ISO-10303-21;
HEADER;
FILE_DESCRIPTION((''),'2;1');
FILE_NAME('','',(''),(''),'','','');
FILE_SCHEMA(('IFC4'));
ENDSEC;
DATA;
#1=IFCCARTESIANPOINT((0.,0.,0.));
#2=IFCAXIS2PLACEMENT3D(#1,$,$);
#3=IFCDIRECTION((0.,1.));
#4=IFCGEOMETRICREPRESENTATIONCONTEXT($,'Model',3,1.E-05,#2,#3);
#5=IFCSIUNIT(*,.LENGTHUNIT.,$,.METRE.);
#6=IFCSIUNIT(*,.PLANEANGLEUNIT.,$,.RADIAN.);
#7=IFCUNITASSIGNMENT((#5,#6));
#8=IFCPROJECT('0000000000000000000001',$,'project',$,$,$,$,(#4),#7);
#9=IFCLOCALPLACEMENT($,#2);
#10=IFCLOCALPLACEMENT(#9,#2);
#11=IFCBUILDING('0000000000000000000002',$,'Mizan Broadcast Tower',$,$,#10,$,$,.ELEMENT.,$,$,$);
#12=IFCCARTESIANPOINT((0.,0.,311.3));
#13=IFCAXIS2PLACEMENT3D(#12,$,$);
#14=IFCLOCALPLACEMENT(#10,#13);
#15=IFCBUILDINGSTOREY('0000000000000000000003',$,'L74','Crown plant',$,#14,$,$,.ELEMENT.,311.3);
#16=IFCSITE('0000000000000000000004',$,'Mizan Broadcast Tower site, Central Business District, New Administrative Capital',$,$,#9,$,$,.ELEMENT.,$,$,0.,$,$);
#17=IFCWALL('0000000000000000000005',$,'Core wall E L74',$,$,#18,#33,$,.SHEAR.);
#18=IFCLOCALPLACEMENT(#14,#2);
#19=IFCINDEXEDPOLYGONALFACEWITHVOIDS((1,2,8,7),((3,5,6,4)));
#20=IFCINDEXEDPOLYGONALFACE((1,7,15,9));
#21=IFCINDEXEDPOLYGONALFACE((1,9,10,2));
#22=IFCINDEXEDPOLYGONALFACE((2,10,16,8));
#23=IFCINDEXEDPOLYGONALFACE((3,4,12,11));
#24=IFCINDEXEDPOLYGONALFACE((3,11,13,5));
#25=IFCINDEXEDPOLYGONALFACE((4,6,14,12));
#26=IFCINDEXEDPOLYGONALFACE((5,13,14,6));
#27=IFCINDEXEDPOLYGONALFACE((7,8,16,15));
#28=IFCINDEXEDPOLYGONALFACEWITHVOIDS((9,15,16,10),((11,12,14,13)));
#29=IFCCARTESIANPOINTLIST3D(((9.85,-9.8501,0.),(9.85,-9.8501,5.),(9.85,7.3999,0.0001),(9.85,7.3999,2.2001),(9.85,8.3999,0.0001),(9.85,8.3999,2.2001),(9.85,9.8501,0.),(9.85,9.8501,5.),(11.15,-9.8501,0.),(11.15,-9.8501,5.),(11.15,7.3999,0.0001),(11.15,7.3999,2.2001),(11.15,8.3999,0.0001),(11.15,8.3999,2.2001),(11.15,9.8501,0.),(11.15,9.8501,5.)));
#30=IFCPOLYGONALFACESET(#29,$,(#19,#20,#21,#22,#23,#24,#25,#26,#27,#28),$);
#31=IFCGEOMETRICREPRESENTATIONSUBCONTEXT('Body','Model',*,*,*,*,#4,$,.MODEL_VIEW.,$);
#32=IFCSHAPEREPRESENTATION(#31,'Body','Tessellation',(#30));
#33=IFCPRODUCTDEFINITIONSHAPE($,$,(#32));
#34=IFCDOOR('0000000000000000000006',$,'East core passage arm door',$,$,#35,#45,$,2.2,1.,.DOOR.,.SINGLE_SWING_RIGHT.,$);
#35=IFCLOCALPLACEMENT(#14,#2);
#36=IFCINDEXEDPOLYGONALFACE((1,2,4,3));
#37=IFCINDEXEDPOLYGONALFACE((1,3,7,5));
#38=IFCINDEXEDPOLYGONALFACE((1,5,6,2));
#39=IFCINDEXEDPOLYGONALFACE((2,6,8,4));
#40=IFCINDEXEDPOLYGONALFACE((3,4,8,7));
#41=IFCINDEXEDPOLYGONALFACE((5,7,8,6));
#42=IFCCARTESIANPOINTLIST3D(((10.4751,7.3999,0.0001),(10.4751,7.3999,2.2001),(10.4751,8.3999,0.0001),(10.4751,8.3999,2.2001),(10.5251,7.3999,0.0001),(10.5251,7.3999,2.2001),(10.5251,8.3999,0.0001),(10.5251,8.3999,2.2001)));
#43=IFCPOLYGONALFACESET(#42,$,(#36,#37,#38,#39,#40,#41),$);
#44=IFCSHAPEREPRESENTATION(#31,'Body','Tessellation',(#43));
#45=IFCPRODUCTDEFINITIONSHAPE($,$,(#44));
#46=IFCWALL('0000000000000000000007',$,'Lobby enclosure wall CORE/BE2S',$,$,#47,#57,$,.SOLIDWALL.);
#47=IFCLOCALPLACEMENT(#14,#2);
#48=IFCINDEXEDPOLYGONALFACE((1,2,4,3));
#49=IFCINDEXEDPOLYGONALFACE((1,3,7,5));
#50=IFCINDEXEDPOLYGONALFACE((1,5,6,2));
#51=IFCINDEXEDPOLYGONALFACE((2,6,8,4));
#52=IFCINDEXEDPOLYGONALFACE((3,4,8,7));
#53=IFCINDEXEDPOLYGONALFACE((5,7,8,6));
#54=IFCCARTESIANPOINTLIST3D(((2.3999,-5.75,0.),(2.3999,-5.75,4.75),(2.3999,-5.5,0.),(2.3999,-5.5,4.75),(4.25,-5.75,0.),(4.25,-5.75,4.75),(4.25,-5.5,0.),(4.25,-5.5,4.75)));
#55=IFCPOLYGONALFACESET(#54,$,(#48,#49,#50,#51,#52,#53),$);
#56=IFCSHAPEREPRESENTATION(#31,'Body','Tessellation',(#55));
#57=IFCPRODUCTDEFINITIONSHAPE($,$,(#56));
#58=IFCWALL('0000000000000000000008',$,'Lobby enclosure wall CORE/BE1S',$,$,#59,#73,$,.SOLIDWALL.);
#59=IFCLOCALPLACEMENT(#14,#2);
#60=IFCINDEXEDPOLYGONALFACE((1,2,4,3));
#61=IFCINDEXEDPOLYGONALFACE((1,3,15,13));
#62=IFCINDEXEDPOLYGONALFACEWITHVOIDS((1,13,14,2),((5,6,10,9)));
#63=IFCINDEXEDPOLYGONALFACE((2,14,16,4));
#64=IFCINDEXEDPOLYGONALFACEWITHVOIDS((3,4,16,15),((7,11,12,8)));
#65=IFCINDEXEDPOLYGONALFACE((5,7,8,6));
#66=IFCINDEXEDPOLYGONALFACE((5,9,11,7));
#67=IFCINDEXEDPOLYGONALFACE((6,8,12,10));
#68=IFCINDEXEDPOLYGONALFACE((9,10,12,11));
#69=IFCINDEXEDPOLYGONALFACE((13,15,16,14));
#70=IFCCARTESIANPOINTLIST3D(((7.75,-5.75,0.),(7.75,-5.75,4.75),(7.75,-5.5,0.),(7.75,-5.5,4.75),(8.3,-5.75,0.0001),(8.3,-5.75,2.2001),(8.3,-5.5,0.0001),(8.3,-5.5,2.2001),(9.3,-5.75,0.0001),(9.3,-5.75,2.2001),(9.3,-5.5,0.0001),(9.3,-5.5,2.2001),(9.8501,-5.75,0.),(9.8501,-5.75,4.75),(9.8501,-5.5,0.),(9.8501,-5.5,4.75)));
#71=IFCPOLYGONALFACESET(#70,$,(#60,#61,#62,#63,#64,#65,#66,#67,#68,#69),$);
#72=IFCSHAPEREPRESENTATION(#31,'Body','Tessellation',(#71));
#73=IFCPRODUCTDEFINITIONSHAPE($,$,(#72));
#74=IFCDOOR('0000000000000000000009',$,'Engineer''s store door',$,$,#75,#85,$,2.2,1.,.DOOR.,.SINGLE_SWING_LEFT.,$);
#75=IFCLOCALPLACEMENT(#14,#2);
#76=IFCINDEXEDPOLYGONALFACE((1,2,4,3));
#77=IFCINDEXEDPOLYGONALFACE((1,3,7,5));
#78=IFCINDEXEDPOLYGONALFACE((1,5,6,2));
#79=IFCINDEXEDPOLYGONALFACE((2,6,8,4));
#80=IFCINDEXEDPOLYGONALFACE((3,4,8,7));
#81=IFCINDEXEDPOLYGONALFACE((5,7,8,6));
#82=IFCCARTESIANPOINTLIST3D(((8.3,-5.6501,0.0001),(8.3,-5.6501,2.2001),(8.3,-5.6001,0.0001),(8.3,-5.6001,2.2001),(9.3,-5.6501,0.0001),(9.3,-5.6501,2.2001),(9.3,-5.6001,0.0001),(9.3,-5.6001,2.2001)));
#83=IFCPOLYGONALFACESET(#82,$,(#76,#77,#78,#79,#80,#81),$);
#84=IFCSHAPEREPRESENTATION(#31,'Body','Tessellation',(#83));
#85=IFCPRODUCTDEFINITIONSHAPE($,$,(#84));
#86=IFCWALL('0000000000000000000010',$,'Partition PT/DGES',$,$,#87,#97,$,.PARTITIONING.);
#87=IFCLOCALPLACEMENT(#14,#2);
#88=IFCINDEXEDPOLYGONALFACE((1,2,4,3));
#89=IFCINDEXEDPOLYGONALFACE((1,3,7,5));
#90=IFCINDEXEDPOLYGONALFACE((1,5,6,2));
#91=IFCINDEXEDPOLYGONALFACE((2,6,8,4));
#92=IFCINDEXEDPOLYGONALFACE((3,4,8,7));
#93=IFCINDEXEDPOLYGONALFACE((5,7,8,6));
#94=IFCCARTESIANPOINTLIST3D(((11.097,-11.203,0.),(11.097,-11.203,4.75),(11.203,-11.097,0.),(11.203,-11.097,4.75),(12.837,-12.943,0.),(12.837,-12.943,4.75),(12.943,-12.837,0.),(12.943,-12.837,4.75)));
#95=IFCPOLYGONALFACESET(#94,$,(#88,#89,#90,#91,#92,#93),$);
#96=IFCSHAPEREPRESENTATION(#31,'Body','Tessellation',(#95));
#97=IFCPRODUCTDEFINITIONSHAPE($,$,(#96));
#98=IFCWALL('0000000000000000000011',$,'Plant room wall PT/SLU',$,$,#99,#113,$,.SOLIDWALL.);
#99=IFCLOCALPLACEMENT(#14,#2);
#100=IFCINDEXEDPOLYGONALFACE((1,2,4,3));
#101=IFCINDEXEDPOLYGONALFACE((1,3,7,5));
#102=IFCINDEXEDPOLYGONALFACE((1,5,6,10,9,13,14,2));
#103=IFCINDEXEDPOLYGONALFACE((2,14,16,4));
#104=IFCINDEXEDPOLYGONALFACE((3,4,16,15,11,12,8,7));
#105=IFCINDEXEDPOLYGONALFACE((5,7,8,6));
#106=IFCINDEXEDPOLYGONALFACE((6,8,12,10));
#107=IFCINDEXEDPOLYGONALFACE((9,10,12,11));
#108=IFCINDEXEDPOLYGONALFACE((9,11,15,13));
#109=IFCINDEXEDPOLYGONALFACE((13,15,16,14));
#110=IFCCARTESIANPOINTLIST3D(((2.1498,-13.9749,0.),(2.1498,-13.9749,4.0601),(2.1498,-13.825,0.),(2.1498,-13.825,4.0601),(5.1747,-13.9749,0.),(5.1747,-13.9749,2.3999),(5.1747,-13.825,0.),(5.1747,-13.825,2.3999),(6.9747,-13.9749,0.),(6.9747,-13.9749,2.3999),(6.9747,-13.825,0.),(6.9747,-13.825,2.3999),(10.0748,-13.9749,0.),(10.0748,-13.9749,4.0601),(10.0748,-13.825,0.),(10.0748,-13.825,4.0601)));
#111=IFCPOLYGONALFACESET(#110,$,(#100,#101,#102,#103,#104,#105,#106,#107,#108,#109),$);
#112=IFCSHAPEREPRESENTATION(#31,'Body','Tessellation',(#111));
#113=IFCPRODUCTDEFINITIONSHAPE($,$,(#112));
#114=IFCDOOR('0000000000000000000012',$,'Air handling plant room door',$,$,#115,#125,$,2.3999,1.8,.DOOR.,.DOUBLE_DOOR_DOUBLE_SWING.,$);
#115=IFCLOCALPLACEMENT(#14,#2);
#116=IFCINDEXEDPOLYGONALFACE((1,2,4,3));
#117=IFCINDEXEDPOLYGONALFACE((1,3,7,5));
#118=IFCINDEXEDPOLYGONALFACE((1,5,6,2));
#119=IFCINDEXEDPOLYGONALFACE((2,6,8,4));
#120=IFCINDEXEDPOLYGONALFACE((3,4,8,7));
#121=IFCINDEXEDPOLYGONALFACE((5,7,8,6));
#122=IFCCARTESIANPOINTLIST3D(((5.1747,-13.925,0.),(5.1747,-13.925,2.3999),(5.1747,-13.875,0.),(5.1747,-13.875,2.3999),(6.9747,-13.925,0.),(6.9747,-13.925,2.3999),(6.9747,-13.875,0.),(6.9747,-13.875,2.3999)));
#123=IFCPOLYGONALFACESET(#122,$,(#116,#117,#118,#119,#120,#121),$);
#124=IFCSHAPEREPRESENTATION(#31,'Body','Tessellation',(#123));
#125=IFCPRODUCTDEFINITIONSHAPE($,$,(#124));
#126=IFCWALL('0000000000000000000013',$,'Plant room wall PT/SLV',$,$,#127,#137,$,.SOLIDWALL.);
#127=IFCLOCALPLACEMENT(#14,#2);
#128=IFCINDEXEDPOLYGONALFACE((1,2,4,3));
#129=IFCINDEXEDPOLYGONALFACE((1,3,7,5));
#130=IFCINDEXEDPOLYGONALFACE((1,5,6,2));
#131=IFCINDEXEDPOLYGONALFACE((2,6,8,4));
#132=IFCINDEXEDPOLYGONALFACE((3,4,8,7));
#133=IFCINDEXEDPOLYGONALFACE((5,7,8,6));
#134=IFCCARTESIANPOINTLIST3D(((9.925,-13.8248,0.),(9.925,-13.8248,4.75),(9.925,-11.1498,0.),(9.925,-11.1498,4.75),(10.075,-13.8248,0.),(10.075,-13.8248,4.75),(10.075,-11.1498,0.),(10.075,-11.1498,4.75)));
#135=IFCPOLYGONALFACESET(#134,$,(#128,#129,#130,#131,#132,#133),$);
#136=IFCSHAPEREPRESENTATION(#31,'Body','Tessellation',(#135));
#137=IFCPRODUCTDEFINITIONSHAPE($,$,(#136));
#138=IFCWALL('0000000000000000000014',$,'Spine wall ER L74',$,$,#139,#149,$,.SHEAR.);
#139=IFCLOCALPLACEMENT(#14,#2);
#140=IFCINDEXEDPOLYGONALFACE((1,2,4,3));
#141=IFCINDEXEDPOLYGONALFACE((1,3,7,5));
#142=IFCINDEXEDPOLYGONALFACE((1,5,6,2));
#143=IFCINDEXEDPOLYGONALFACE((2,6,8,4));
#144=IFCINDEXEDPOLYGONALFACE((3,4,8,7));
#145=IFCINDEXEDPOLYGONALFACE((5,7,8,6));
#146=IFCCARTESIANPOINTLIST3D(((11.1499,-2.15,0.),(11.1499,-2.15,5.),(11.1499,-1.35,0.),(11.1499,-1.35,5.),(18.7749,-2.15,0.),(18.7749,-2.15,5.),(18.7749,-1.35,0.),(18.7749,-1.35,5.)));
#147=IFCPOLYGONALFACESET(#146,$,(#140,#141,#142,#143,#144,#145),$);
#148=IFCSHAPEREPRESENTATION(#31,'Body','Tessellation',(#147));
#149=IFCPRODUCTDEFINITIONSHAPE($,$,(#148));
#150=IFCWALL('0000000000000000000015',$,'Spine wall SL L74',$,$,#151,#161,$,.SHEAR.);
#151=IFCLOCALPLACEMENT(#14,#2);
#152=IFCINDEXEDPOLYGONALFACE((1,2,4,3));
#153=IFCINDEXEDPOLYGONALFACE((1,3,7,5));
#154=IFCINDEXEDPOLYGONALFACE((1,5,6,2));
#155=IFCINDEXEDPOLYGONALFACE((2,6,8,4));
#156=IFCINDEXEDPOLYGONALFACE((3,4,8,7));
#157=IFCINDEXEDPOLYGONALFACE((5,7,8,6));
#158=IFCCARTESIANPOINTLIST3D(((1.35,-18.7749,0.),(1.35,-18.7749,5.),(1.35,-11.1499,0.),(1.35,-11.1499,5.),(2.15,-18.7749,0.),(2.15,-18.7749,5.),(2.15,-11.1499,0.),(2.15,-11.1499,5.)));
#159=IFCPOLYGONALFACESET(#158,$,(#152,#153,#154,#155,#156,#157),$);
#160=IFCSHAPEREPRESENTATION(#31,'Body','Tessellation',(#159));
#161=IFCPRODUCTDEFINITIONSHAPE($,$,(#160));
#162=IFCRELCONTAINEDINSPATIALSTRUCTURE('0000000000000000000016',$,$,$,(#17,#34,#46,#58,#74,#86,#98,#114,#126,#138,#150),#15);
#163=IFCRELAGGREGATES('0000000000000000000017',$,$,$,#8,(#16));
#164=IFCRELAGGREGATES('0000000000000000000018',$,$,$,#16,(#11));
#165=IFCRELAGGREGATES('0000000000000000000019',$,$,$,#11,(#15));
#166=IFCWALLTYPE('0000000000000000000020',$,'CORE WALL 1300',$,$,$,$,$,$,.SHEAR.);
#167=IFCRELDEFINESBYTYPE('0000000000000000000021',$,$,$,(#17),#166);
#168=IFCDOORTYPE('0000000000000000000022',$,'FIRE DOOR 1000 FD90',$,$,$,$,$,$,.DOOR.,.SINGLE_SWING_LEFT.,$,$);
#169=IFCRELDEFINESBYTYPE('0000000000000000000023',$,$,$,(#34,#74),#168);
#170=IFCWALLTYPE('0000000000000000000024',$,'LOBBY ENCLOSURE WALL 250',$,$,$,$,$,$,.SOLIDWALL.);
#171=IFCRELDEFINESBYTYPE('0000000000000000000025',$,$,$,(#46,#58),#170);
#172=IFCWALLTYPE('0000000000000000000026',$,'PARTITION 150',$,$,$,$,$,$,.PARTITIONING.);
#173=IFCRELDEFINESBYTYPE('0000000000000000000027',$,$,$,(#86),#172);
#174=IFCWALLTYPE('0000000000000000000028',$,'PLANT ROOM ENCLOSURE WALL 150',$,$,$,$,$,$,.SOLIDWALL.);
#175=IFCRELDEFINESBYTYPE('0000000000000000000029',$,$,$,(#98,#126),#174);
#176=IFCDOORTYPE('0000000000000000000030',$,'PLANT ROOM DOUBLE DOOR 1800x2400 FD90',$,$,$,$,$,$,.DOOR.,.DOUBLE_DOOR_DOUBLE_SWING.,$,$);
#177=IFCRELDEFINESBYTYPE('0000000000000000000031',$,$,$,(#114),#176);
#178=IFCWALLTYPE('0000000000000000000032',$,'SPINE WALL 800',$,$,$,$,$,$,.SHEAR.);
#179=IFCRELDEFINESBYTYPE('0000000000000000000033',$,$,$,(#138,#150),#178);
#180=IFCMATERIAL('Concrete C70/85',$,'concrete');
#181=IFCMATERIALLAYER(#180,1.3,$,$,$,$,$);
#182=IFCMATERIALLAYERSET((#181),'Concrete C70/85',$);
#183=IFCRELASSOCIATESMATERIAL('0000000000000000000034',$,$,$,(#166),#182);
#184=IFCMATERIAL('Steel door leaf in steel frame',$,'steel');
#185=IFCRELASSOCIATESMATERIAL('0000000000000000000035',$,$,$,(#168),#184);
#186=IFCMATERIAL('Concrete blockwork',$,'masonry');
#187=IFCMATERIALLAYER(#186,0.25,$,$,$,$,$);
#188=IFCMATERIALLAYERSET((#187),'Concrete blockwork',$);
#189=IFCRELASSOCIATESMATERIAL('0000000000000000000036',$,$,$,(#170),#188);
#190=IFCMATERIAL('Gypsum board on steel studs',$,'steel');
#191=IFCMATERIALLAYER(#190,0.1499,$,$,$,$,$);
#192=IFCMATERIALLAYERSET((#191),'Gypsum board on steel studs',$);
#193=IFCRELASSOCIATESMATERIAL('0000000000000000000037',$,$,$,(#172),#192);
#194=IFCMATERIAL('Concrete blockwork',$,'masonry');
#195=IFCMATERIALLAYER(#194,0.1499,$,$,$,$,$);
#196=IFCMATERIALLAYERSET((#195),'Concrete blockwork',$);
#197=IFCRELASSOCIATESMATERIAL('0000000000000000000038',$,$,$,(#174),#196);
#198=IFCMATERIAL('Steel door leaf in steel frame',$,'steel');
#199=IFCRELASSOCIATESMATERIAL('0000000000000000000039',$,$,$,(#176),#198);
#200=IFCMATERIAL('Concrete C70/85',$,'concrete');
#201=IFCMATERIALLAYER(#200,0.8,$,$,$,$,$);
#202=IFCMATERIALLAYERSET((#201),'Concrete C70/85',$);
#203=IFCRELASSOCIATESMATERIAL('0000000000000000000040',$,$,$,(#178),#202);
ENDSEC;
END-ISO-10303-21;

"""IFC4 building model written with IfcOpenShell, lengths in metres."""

from ifc_helpers import new_model, si_unit, direction, frame, frame_2d, origin, place, context, subcontext, project, spatial, rectangle, extrude, material, layer, layer_set, type_object, element, fill, save


model = new_model("IFC4")

# Units and contexts
model_context = context("Model", 3, precision=1e-05, world=origin(), true_north=direction((0.0, 1.0)))
body_context = subcontext(model_context, "Body", "Model", "MODEL_VIEW")
ifc_project = project(units=[si_unit("LENGTHUNIT", "METRE"), si_unit("PLANEANGLEUNIT", "RADIAN")], contexts=[model_context])

# Site, building, storey
site_placement = place(None, origin())
site = spatial("IfcSite", under=ifc_project, at=site_placement, Name="Mizan Broadcast Tower site, Central Business District, New Administrative Capital", CompositionType="ELEMENT", RefElevation=0.0)
building_placement = place(site_placement, origin())
building = spatial("IfcBuilding", under=site, at=building_placement, Name="Mizan Broadcast Tower", CompositionType="ELEMENT")
storey_placement = place(building_placement, frame((0.0, 0.0, 311.3)))
storey = spatial("IfcBuildingStorey", under=building, at=storey_placement, Name="L74", Description="Crown plant", CompositionType="ELEMENT", Elevation=311.3)

# Shared definitions
ifc_material_1 = material(Name="Concrete C70/85", Category="concrete")
ifc_layer_1 = layer(ifc_material_1, 1.3)
ifc_layer_set_1 = layer_set([ifc_layer_1], Name="Concrete C70/85")
wall_type_1 = type_object("IfcWallType", Name="CORE WALL 1300", PredefinedType="SHEAR", material=ifc_layer_set_1)

# Wall, opening, door
wall_1_placement = place(storey_placement, frame((10.5, -9.8501, 0.0), z_axis=(0.0, 0.0, 1.0), x_axis=(0.0, 1.0, 0.0)))
wall_1 = element("IfcWall", 1, at=wall_1_placement, inside=storey, type_object=wall_type_1, Name="Core wall E L74", PredefinedType="SHEAR", context=body_context, shape_type="SweptSolid", body=[
    extrude(rectangle(XDim=19.7002, YDim=1.3, at=frame_2d((9.8501, 0.0))), origin(), (0.0, 0.0, 1.0), 5.0),
])
opening_1_placement = place(wall_1_placement, frame((17.25, 0.0, 0.0)))
opening_1 = element("IfcOpeningElement", 2, at=opening_1_placement, cuts=wall_1, PredefinedType="OPENING", context=body_context, shape_type="SweptSolid", body=[
    extrude(rectangle(XDim=1.0, YDim=2.2, at=frame_2d((0.5, 1.1001))), frame((0.0, 0.6599, 0.0), z_axis=(0.0, -1.0, 0.0), x_axis=(1.0, 0.0, 0.0)), (0.0, 0.0, 1.0), 1.3201),
])
ifc_material_2 = material(Name="Steel door leaf in steel frame", Category="steel")
door_type_1 = type_object("IfcDoorType", Name="FIRE DOOR 1000 FD90", OperationType="SINGLE_SWING_LEFT", PredefinedType="DOOR", material=ifc_material_2)
door_1_placement = place(opening_1_placement, origin())
door_1 = element("IfcDoor", 3, at=door_1_placement, inside=storey, type_object=door_type_1, Name="East core passage arm door", OperationType="SINGLE_SWING_RIGHT", OverallHeight=2.2, OverallWidth=1.0, PredefinedType="DOOR", context=body_context, shape_type="SweptSolid", body=[
    extrude(rectangle(XDim=1.0, YDim=2.2, at=frame_2d((0.5, 1.1001))), frame((0.0, 0.0249, 0.0), z_axis=(0.0, -1.0, 0.0), x_axis=(1.0, 0.0, 0.0)), (0.0, 0.0, 1.0), 0.05),
])
fill(opening_1, door_1)

# Wall
ifc_material_3 = material(Name="Concrete blockwork", Category="masonry")
ifc_layer_2 = layer(ifc_material_3, 0.25)
ifc_layer_set_2 = layer_set([ifc_layer_2], Name="Concrete blockwork")
wall_type_2 = type_object("IfcWallType", Name="LOBBY ENCLOSURE WALL 250", PredefinedType="SOLIDWALL", material=ifc_layer_set_2)
wall_2_placement = place(storey_placement, frame((2.3999, -5.625, 0.0), z_axis=(0.0, 0.0, 1.0), x_axis=(1.0, 0.0, 0.0)))
element("IfcWall", 4, at=wall_2_placement, inside=storey, type_object=wall_type_2, Name="Lobby enclosure wall CORE/BE2S", PredefinedType="SOLIDWALL", context=body_context, shape_type="SweptSolid", body=[
    extrude(rectangle(XDim=1.8501, YDim=0.25, at=frame_2d((0.925, 0.0))), origin(), (0.0, 0.0, 1.0), 4.75),
])

# Wall, opening, door
wall_3_placement = place(storey_placement, frame((7.75, -5.625, 0.0), z_axis=(0.0, 0.0, 1.0), x_axis=(1.0, 0.0, 0.0)))
wall_3 = element("IfcWall", 5, at=wall_3_placement, inside=storey, type_object=wall_type_2, Name="Lobby enclosure wall CORE/BE1S", PredefinedType="SOLIDWALL", context=body_context, shape_type="SweptSolid", body=[
    extrude(rectangle(XDim=2.1001, YDim=0.25, at=frame_2d((1.05, 0.0))), origin(), (0.0, 0.0, 1.0), 4.75),
])
opening_2_placement = place(wall_3_placement, frame((0.55, 0.0, 0.0)))
opening_2 = element("IfcOpeningElement", 6, at=opening_2_placement, cuts=wall_3, PredefinedType="OPENING", context=body_context, shape_type="SweptSolid", body=[
    extrude(rectangle(XDim=1.0, YDim=2.2, at=frame_2d((0.5, 1.1001))), frame((0.0, 0.135, 0.0), z_axis=(0.0, -1.0, 0.0), x_axis=(1.0, 0.0, 0.0)), (0.0, 0.0, 1.0), 0.27),
])
door_2_placement = place(opening_2_placement, origin())
door_2 = element("IfcDoor", 7, at=door_2_placement, inside=storey, type_object=door_type_1, Name="Engineer's store door", OperationType="SINGLE_SWING_LEFT", OverallHeight=2.2, OverallWidth=1.0, PredefinedType="DOOR", context=body_context, shape_type="SweptSolid", body=[
    extrude(rectangle(XDim=1.0, YDim=2.2, at=frame_2d((0.5, 1.1001))), frame((0.0, 0.0249, 0.0), z_axis=(0.0, -1.0, 0.0), x_axis=(1.0, 0.0, 0.0)), (0.0, 0.0, 1.0), 0.05),
])
fill(opening_2, door_2)

# Wall
ifc_material_4 = material(Name="Gypsum board on steel studs", Category="steel")
ifc_layer_3 = layer(ifc_material_4, 0.1499)
ifc_layer_set_3 = layer_set([ifc_layer_3], Name="Gypsum board on steel studs")
wall_type_3 = type_object("IfcWallType", Name="PARTITION 150", PredefinedType="PARTITIONING", material=ifc_layer_set_3)
wall_4_placement = place(storey_placement, frame((11.1499, -11.1499, 0.0), z_axis=(0.0, 0.0, 1.0), x_axis=(0.707107, -0.707107, 0.0)))
element("IfcWall", 8, at=wall_4_placement, inside=storey, type_object=wall_type_3, Name="Partition PT/DGES", PredefinedType="PARTITIONING", context=body_context, shape_type="SweptSolid", body=[
    extrude(rectangle(XDim=2.4607, YDim=0.1499, at=frame_2d((1.2305, 0.0))), origin(), (0.0, 0.0, 1.0), 4.75),
])

# Wall, opening, door
ifc_material_5 = material(Name="Concrete blockwork", Category="masonry")
ifc_layer_4 = layer(ifc_material_5, 0.1499)
ifc_layer_set_4 = layer_set([ifc_layer_4], Name="Concrete blockwork")
wall_type_4 = type_object("IfcWallType", Name="PLANT ROOM ENCLOSURE WALL 150", PredefinedType="SOLIDWALL", material=ifc_layer_set_4)
wall_5_placement = place(storey_placement, frame((2.1499, -13.8999, 0.0), z_axis=(0.0, 0.0, 1.0), x_axis=(1.0, 0.0, 0.0)))
wall_5 = element("IfcWall", 9, at=wall_5_placement, inside=storey, type_object=wall_type_4, Name="Plant room wall PT/SLU", PredefinedType="SOLIDWALL", context=body_context, shape_type="SweptSolid", body=[
    extrude(rectangle(XDim=7.925, YDim=0.1499, at=frame_2d((3.9624, 0.0))), origin(), (0.0, 0.0, 1.0), 4.0601),
])
opening_3_placement = place(wall_5_placement, frame((3.0249, 0.0, 0.0)))
opening_3 = element("IfcOpeningElement", 10, at=opening_3_placement, cuts=wall_5, PredefinedType="OPENING", context=body_context, shape_type="SweptSolid", body=[
    extrude(rectangle(XDim=1.8, YDim=2.3999, at=frame_2d((0.8999, 1.2))), frame((0.0, 0.085, 0.0), z_axis=(0.0, -1.0, 0.0), x_axis=(1.0, 0.0, 0.0)), (0.0, 0.0, 1.0), 0.1699),
])
ifc_material_6 = material(Name="Steel door leaf in steel frame", Category="steel")
door_type_2 = type_object("IfcDoorType", Name="PLANT ROOM DOUBLE DOOR 1800x2400 FD90", OperationType="DOUBLE_DOOR_DOUBLE_SWING", PredefinedType="DOOR", material=ifc_material_6)
door_3_placement = place(opening_3_placement, origin())
door_3 = element("IfcDoor", 11, at=door_3_placement, inside=storey, type_object=door_type_2, Name="Air handling plant room door", OperationType="DOUBLE_DOOR_DOUBLE_SWING", OverallHeight=2.3999, OverallWidth=1.8, PredefinedType="DOOR", context=body_context, shape_type="SweptSolid", body=[
    extrude(rectangle(XDim=1.8, YDim=2.3999, at=frame_2d((0.8999, 1.2))), frame((0.0, 0.0249, 0.0), z_axis=(0.0, -1.0, 0.0), x_axis=(1.0, 0.0, 0.0)), (0.0, 0.0, 1.0), 0.05),
])
fill(opening_3, door_3)

# Walls
wall_6_placement = place(storey_placement, frame((10.0, -11.1499, 0.0), z_axis=(0.0, 0.0, 1.0), x_axis=(0.0, -1.0, 0.0)))
element("IfcWall", 12, at=wall_6_placement, inside=storey, type_object=wall_type_4, Name="Plant room wall PT/SLV", PredefinedType="SOLIDWALL", context=body_context, shape_type="SweptSolid", body=[
    extrude(rectangle(XDim=2.675, YDim=0.1499, at=frame_2d((1.3374, 0.0))), origin(), (0.0, 0.0, 1.0), 4.75),
])
ifc_material_7 = material(Name="Concrete C70/85", Category="concrete")
ifc_layer_5 = layer(ifc_material_7, 0.8)
ifc_layer_set_5 = layer_set([ifc_layer_5], Name="Concrete C70/85")
wall_type_5 = type_object("IfcWallType", Name="SPINE WALL 800", PredefinedType="SHEAR", material=ifc_layer_set_5)
for number, where, z_axis, x_axis, name in (
    (13, (11.1499, -1.75, 0.0), (0.0, 0.0, 1.0), (1.0, 0.0, 0.0), "Spine wall ER L74"),
    (14, (1.75, -11.1499, 0.0), (0.0, 0.0, 1.0), (0.0, -1.0, 0.0), "Spine wall SL L74"),
):
    element("IfcWall", number, at=place(storey_placement, frame(where, z_axis=z_axis, x_axis=x_axis)), inside=storey, type_object=wall_type_5, Name=name, PredefinedType="SHEAR", context=body_context, shape_type="SweptSolid", body=[
        extrude(rectangle(XDim=7.625, YDim=0.8, at=frame_2d((3.8125, 0.0))), origin(), (0.0, 0.0, 1.0), 5.0),
    ])

save(model, "model.ifc")
